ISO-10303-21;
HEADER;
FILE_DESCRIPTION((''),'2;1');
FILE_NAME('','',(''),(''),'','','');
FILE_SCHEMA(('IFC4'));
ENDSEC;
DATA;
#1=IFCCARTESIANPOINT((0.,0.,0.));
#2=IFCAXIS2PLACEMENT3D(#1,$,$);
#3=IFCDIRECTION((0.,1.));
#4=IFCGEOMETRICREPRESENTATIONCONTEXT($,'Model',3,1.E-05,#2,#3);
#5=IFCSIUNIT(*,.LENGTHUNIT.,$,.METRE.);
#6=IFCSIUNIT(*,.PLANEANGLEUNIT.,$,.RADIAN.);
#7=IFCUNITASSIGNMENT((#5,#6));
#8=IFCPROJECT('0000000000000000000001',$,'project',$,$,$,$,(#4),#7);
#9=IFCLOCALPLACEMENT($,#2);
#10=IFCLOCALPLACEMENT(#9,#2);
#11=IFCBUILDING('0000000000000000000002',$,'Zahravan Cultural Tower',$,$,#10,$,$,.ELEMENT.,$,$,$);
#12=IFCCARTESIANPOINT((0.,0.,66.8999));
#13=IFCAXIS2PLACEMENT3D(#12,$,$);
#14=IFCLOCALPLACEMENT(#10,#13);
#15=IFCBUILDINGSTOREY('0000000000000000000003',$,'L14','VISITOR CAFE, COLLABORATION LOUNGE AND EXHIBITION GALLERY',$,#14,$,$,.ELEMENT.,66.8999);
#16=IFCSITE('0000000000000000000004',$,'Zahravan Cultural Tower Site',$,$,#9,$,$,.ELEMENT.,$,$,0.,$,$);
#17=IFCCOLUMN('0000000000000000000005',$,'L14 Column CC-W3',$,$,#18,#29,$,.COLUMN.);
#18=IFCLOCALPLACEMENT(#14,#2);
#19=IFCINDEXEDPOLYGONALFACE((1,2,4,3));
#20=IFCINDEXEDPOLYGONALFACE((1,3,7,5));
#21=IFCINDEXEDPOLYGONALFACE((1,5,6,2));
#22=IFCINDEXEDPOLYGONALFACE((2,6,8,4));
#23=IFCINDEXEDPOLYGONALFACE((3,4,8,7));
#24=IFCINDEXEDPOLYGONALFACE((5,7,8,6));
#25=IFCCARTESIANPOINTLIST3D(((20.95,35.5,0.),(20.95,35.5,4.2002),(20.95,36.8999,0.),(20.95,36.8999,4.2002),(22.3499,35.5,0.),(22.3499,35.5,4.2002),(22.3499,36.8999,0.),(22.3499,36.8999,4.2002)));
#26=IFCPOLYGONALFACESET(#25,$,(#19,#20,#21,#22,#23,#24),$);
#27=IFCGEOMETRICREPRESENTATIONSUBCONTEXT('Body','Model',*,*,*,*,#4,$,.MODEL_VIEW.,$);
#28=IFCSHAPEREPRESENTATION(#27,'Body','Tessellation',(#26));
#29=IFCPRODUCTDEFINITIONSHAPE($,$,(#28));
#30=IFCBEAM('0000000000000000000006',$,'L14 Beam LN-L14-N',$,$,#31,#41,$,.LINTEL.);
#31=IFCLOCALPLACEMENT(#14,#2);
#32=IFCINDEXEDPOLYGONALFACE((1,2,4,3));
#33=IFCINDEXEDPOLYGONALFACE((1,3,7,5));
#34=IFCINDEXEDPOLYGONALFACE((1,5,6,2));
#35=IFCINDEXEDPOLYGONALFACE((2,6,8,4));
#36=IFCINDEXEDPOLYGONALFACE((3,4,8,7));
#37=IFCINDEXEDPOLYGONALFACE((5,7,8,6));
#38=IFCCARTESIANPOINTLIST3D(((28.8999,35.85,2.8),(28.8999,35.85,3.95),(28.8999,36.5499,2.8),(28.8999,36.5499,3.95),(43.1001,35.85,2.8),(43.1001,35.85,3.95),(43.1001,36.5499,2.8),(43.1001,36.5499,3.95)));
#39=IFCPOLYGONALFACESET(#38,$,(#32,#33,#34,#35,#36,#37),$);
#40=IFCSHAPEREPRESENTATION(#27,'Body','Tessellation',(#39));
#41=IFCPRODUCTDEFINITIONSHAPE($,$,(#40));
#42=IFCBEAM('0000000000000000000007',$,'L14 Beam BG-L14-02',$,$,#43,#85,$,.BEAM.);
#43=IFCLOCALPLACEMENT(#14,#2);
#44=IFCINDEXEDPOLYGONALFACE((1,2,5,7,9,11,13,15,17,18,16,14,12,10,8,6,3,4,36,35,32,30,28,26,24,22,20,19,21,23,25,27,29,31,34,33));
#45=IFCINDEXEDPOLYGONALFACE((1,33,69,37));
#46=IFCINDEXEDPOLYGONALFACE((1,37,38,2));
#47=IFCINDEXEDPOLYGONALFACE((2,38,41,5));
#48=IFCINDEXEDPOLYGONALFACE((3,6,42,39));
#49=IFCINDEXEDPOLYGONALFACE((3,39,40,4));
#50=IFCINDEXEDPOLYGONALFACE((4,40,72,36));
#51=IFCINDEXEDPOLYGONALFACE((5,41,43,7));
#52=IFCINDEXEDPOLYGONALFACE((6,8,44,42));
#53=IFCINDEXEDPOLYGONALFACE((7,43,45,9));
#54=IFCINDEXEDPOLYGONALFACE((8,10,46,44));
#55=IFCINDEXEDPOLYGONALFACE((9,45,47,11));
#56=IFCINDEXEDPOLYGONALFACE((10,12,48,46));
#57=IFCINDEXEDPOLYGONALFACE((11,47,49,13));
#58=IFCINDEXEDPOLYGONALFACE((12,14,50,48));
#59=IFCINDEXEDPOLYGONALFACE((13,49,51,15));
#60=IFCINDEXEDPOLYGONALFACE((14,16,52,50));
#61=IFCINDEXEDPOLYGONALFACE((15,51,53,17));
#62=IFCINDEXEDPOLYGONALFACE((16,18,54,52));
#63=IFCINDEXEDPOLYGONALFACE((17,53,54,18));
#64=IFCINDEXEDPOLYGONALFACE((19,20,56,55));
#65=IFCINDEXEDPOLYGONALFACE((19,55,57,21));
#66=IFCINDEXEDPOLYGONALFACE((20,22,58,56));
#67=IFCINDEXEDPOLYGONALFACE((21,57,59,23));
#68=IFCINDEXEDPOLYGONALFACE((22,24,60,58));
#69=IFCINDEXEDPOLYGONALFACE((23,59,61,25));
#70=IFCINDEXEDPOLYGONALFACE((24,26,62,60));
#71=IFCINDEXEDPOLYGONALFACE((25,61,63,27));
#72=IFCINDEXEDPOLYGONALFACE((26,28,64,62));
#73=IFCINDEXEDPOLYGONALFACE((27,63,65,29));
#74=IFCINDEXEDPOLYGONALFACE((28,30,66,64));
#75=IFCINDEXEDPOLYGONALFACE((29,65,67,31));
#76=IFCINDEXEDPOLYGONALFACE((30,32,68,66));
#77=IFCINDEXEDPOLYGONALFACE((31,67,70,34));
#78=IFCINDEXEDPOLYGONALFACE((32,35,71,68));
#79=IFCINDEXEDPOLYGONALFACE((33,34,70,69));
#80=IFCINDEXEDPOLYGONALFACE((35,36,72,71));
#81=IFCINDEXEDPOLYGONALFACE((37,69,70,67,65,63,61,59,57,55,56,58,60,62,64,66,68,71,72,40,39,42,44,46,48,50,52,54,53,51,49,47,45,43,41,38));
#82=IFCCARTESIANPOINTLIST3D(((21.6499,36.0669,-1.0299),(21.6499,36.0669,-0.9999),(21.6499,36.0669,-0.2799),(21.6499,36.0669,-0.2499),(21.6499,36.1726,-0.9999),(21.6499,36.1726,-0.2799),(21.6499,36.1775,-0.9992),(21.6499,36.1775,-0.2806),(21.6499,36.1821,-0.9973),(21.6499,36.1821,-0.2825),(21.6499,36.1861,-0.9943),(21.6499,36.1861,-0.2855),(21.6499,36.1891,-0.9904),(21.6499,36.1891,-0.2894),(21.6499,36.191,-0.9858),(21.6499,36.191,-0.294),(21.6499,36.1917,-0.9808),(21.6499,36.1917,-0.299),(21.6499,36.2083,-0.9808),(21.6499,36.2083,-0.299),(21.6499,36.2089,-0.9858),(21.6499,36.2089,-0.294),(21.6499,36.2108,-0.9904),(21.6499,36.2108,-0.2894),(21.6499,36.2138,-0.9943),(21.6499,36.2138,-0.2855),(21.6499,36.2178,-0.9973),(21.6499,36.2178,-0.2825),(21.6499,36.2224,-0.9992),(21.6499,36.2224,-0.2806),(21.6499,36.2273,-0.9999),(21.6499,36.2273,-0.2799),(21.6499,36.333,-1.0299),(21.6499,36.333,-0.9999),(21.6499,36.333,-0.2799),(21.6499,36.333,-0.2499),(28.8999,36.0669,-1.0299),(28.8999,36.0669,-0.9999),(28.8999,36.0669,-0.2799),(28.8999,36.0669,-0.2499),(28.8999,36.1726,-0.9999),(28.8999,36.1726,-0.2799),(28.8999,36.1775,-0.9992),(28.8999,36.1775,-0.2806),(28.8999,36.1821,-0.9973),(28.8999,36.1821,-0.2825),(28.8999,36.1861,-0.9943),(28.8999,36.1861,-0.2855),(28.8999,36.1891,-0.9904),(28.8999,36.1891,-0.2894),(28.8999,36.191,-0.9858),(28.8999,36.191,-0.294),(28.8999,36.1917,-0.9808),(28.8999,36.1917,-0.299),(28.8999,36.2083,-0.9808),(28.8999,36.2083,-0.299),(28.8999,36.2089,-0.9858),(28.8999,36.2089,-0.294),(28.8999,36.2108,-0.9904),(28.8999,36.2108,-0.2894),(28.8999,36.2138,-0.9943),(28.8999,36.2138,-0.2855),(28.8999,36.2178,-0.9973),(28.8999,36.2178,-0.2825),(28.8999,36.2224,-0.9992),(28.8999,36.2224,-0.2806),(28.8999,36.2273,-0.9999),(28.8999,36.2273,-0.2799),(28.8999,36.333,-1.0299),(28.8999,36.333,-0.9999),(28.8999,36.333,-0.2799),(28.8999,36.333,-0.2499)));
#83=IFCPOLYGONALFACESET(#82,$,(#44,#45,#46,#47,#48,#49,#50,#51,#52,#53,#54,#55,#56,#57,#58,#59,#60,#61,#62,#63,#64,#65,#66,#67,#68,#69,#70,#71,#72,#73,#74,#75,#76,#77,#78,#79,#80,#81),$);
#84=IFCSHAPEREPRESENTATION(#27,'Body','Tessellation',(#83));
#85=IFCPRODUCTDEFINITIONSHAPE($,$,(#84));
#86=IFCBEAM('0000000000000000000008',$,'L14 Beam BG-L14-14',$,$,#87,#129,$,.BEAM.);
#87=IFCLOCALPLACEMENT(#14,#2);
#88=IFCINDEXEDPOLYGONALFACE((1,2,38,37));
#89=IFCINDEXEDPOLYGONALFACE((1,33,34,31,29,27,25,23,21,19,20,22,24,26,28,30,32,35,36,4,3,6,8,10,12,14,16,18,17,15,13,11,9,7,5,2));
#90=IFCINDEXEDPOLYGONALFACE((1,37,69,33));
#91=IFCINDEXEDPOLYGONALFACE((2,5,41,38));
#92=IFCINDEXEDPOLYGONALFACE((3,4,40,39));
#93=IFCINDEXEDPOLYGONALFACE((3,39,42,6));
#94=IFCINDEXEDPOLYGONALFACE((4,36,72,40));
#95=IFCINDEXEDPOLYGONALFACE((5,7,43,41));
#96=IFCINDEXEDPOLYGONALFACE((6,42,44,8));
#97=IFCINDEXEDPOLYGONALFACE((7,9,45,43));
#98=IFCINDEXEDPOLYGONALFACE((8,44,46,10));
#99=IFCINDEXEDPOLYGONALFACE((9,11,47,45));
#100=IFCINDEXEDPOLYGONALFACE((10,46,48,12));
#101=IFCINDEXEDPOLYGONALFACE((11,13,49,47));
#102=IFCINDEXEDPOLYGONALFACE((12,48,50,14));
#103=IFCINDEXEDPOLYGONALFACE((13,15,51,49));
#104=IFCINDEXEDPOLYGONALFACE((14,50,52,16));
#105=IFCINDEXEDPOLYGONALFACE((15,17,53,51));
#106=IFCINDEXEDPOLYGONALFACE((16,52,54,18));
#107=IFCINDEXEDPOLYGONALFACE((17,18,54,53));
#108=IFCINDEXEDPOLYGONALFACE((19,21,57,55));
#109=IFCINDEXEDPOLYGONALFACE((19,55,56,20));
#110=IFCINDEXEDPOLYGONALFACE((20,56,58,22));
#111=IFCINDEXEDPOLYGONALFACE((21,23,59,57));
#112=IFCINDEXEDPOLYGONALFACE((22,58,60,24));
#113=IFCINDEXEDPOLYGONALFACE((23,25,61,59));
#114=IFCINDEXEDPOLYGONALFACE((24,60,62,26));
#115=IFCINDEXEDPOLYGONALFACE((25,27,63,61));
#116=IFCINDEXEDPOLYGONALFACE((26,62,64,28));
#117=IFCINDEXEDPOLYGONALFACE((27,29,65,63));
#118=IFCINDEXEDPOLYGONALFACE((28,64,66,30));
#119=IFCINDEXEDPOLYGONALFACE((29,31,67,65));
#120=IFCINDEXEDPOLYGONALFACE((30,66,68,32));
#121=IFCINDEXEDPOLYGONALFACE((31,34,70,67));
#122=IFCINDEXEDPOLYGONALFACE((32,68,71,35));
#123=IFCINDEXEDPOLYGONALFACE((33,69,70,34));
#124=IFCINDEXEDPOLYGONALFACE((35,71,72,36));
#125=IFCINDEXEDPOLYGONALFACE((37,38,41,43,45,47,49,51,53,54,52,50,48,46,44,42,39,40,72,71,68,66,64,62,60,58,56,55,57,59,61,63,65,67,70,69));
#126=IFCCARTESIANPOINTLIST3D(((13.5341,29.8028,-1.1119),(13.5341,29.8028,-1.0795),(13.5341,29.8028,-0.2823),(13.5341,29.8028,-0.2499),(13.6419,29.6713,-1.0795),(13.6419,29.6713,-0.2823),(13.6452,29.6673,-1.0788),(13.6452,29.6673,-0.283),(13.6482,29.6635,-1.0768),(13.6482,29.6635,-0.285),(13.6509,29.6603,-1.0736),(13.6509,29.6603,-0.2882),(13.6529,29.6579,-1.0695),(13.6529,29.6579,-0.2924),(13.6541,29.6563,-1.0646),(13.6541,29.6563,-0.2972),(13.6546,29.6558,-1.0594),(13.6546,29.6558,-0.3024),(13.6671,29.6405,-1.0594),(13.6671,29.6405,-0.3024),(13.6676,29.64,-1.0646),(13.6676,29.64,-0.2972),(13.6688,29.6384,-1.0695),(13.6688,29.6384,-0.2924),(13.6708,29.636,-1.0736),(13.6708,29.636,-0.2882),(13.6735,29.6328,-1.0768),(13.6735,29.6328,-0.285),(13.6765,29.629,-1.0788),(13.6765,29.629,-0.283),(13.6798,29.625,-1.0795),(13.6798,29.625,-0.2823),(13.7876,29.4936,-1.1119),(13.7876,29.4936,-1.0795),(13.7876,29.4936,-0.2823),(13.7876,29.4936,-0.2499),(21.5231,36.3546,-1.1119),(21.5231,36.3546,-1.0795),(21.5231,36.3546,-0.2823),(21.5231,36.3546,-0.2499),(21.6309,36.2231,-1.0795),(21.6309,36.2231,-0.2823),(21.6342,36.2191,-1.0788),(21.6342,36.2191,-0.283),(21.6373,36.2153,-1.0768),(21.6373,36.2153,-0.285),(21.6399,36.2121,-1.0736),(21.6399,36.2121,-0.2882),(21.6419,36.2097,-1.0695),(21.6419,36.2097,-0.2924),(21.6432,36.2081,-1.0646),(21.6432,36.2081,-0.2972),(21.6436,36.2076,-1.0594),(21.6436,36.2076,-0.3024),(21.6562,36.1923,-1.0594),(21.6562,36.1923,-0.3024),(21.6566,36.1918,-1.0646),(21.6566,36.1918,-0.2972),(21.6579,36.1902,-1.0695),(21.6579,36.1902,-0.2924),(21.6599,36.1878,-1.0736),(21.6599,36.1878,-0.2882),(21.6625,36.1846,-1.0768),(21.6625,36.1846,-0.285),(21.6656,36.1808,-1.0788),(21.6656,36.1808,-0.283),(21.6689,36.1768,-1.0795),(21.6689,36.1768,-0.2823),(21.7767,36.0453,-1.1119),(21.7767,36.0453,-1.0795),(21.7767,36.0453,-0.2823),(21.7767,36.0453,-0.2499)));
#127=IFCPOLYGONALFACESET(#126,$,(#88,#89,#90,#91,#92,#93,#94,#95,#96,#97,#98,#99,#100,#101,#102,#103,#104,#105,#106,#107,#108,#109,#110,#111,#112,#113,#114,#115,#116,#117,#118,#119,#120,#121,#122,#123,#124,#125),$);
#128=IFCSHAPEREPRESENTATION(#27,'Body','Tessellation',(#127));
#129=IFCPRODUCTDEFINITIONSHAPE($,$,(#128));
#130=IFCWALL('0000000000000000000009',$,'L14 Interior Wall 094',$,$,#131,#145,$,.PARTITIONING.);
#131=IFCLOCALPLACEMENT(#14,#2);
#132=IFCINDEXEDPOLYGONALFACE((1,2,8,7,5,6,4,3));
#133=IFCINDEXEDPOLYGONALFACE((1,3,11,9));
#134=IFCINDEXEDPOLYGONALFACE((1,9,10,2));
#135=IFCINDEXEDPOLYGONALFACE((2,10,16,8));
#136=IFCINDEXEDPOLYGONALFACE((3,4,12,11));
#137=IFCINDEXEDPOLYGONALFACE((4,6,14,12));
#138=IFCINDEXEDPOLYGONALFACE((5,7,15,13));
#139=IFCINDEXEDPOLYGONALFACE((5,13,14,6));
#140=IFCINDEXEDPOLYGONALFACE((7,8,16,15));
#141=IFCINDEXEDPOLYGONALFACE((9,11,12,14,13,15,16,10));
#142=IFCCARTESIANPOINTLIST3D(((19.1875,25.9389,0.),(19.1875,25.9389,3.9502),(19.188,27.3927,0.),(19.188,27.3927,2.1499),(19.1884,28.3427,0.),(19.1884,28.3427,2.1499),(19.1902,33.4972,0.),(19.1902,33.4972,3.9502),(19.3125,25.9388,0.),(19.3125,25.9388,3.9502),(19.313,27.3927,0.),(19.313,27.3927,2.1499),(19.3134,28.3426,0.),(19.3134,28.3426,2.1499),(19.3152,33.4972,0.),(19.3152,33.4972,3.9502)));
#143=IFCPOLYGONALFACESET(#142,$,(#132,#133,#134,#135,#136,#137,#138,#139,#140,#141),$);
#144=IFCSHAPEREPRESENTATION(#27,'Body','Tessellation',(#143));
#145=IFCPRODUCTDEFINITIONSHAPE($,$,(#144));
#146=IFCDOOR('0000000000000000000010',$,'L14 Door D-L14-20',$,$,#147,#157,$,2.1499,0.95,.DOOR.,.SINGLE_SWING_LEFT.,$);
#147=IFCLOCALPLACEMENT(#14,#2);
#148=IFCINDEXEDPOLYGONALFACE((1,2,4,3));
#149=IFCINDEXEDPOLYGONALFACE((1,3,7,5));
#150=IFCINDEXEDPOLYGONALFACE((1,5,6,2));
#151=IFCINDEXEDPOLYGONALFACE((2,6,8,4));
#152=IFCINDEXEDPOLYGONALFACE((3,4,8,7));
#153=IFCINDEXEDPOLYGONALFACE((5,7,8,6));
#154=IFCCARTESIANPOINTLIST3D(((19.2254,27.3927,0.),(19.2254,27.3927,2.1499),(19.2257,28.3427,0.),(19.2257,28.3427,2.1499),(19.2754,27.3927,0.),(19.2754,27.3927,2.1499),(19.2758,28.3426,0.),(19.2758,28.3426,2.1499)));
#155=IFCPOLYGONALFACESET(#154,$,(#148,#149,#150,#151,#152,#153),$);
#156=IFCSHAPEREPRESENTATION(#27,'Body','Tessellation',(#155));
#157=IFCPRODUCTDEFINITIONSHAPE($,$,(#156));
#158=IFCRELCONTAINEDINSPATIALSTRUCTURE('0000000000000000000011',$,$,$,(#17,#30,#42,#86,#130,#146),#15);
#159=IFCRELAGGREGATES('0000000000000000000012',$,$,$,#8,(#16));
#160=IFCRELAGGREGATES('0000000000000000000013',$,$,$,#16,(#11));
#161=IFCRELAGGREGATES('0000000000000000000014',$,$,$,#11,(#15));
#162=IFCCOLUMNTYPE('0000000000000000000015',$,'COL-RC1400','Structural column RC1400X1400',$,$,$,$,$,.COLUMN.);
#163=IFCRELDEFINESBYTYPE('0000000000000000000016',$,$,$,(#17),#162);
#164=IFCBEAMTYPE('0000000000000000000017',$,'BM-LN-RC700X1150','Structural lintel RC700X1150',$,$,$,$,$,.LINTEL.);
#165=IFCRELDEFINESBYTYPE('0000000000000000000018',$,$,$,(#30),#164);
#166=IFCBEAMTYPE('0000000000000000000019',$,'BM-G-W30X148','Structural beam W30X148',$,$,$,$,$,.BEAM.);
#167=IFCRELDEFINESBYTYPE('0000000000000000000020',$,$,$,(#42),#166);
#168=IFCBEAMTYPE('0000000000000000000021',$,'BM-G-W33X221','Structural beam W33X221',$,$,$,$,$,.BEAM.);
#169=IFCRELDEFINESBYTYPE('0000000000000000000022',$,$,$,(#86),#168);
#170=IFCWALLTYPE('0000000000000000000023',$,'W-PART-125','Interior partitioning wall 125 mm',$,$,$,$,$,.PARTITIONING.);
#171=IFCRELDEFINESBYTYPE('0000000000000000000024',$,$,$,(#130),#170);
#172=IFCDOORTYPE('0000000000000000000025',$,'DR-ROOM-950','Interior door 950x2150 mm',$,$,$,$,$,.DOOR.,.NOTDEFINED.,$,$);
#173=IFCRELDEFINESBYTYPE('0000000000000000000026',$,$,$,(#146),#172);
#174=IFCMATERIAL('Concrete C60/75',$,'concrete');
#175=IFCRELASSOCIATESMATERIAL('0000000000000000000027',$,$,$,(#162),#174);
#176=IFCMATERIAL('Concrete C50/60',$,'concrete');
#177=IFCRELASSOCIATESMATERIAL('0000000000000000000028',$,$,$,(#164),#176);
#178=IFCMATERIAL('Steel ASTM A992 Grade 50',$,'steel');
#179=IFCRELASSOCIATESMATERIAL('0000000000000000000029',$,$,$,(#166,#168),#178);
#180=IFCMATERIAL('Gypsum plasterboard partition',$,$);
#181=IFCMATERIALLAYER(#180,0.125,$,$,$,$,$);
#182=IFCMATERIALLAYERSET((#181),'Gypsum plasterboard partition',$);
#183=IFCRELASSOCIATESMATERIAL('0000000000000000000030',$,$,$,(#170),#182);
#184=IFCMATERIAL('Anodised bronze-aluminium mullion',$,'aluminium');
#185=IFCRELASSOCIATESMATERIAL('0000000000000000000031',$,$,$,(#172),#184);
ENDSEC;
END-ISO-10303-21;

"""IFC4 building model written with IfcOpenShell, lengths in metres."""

from ifc_helpers import new_model, si_unit, direction, frame, frame_2d, origin, origin_2d, place, context, subcontext, project, spatial, rectangle, i_section, extrude, source, transform, mapped, material, layer, layer_set, material_profile, profile_set, type_object, element, fill, save


model = new_model("IFC4")

# Units and contexts
model_context = context("Model", 3, precision=1e-05, world=origin(), true_north=direction((0.0, 1.0)))
body_context = subcontext(model_context, "Body", "Model", "MODEL_VIEW")
ifc_project = project(units=[si_unit("LENGTHUNIT", "METRE"), si_unit("PLANEANGLEUNIT", "RADIAN")], contexts=[model_context])

# Site, building, storey
site_placement = place(None, origin())
site = spatial("IfcSite", under=ifc_project, at=site_placement, Name="Zahravan Cultural Tower Site", CompositionType="ELEMENT", RefElevation=0.0)
building_placement = place(site_placement, origin())
building = spatial("IfcBuilding", under=site, at=building_placement, Name="Zahravan Cultural Tower", CompositionType="ELEMENT")
storey_placement = place(building_placement, frame((0.0, 0.0, 66.8999)))
storey = spatial("IfcBuildingStorey", under=building, at=storey_placement, Name="L14", Description="VISITOR CAFE, COLLABORATION LOUNGE AND EXHIBITION GALLERY", CompositionType="ELEMENT", Elevation=66.8999)

# Column
ifc_material_1 = material(Name="Concrete C60/75", Category="concrete")
ifc_material_profile_1 = material_profile(ifc_material_1, rectangle(XDim=1.3999, YDim=1.3999, at=origin_2d()), Name="RC1400X1400")
ifc_profile_set_1 = profile_set([ifc_material_profile_1], Name="Concrete C60/75")
column_type = type_object("IfcColumnType", Name="COL-RC1400", Description="Structural column RC1400X1400", PredefinedType="COLUMN", material=ifc_profile_set_1)
shared_shape_1 = source(origin(), body_context, "Body", "SweptSolid", [
    extrude(rectangle(XDim=1.3999, YDim=1.3999, at=origin_2d()), origin(), (0.0, 0.0, 1.0), 4.2002),
])
column_placement = place(storey_placement, frame((21.6499, 36.2, 0.0), z_axis=(0.0, 0.0, 1.0), x_axis=(1.0, 0.0, 0.0)))
element("IfcColumn", 1, at=column_placement, inside=storey, type_object=column_type, Name="L14 Column CC-W3", PredefinedType="COLUMN", context=body_context, shape_type="MappedRepresentation", body=[
    mapped(shared_shape_1, transform((0.0, 0.0, 0.0), x_axis=(1.0, 0.0, 0.0), y_axis=(0.0, 1.0, 0.0), z_axis=(0.0, 0.0, 1.0), scale=1.0)),
])

# Beams
ifc_material_2 = material(Name="Concrete C50/60", Category="concrete")
ifc_material_profile_2 = material_profile(ifc_material_2, rectangle(XDim=0.7, YDim=1.1499, at=origin_2d()), Name="RC700X1150")
ifc_profile_set_2 = profile_set([ifc_material_profile_2], Name="Concrete C50/60")
beam_type_1 = type_object("IfcBeamType", Name="BM-LN-RC700X1150", Description="Structural lintel RC700X1150", PredefinedType="LINTEL", material=ifc_profile_set_2)
shared_shape_2 = source(origin(), body_context, "Body", "SweptSolid", [
    extrude(rectangle(XDim=0.7, YDim=1.1499, at=origin_2d()), origin(), (0.0, 0.0, 1.0), 14.2002),
])
beam_1_placement = place(storey_placement, frame((28.8999, 36.2, 3.375), z_axis=(1.0, 0.0, 0.0), x_axis=(0.0, 1.0, 0.0)))
element("IfcBeam", 2, at=beam_1_placement, inside=storey, type_object=beam_type_1, Name="L14 Beam LN-L14-N", PredefinedType="LINTEL", context=body_context, shape_type="MappedRepresentation", body=[
    mapped(shared_shape_2, transform((0.0, 0.0, 0.0), x_axis=(1.0, 0.0, 0.0), y_axis=(0.0, 1.0, 0.0), z_axis=(0.0, 0.0, 1.0), scale=1.0)),
])
ifc_material_3 = material(Name="Steel ASTM A992 Grade 50", Category="steel")
ifc_material_profile_3 = material_profile(ifc_material_3, i_section(OverallWidth=0.2661, OverallDepth=0.78, WebThickness=0.0166, FlangeThickness=0.03, FilletRadius=0.019, at=origin_2d()), Name="W30X148")
ifc_profile_set_3 = profile_set([ifc_material_profile_3], Name="Steel ASTM A992 Grade 50")
beam_type_2 = type_object("IfcBeamType", Name="BM-G-W30X148", Description="Structural beam W30X148", PredefinedType="BEAM", material=ifc_profile_set_3)
shared_shape_3 = source(origin(), body_context, "Body", "SweptSolid", [
    extrude(i_section(OverallWidth=0.2661, OverallDepth=0.78, WebThickness=0.0166, FlangeThickness=0.03, FilletRadius=0.019, at=origin_2d()), origin(), (0.0, 0.0, 1.0), 7.25),
])
beam_2_placement = place(storey_placement, frame((21.6499, 36.2, -0.6399), z_axis=(1.0, 0.0, 0.0), x_axis=(0.0, 1.0, 0.0)))
element("IfcBeam", 3, at=beam_2_placement, inside=storey, type_object=beam_type_2, Name="L14 Beam BG-L14-02", PredefinedType="BEAM", context=body_context, shape_type="MappedRepresentation", body=[
    mapped(shared_shape_3, transform((0.0, 0.0, 0.0), x_axis=(1.0, 0.0, 0.0), y_axis=(0.0, 1.0, 0.0), z_axis=(0.0, 0.0, 1.0), scale=1.0)),
])
ifc_material_profile_4 = material_profile(ifc_material_3, i_section(OverallWidth=0.3999, OverallDepth=0.8621, WebThickness=0.0198, FlangeThickness=0.0325, FilletRadius=0.02, at=origin_2d()), Name="W33X221")
ifc_profile_set_4 = profile_set([ifc_material_profile_4], Name="Steel ASTM A992 Grade 50")
beam_type_3 = type_object("IfcBeamType", Name="BM-G-W33X221", Description="Structural beam W33X221", PredefinedType="BEAM", material=ifc_profile_set_4)
shared_shape_4 = source(origin(), body_context, "Body", "SweptSolid", [
    extrude(i_section(OverallWidth=0.3999, OverallDepth=0.8621, WebThickness=0.0198, FlangeThickness=0.0325, FilletRadius=0.02, at=origin_2d()), origin(), (0.0, 0.0, 1.0), 10.332),
])
beam_3_placement = place(storey_placement, frame((21.6499, 36.2, -0.6809), z_axis=(-0.773231, -0.634124, 0.0), x_axis=(0.634124, -0.773231, 0.0)))
element("IfcBeam", 4, at=beam_3_placement, inside=storey, type_object=beam_type_3, Name="L14 Beam BG-L14-14", PredefinedType="BEAM", context=body_context, shape_type="MappedRepresentation", body=[
    mapped(shared_shape_4, transform((0.0, 0.0, 0.0), x_axis=(1.0, 0.0, 0.0), y_axis=(0.0, 1.0, 0.0), z_axis=(0.0, 0.0, 1.0), scale=1.0)),
])

# Wall, opening, door
ifc_material_4 = material(Name="Gypsum plasterboard partition")
ifc_layer_1 = layer(ifc_material_4, 0.125)
ifc_layer_set_1 = layer_set([ifc_layer_1], Name="Gypsum plasterboard partition")
wall_type_1 = type_object("IfcWallType", Name="W-PART-125", Description="Interior partitioning wall 125 mm", PredefinedType="PARTITIONING", material=ifc_layer_set_1)
wall_1_placement = place(storey_placement, frame((19.2527, 33.4973, 0.0), z_axis=(0.0, 0.0, 1.0), x_axis=(-0.000355, -1.0, 0.0)))
wall_1 = element("IfcWall", 5, at=wall_1_placement, inside=storey, type_object=wall_type_1, Name="L14 Interior Wall 094", PredefinedType="PARTITIONING", context=body_context, shape_type="SweptSolid", body=[
    extrude(rectangle(XDim=7.5583, YDim=0.125, at=frame_2d((3.7793, 0.0))), origin(), (0.0, 0.0, 1.0), 3.9502),
])
opening_1_placement = place(wall_1_placement, frame((5.1545, 0.0, 0.0)))
opening_1 = element("IfcOpeningElement", 6, at=opening_1_placement, cuts=wall_1, PredefinedType="OPENING", context=body_context, shape_type="SweptSolid", body=[
    extrude(rectangle(XDim=0.95, YDim=2.1499, at=frame_2d((0.4751, 1.075))), frame((0.0, 0.0725, 0.0), z_axis=(0.0, -1.0, 0.0), x_axis=(1.0, 0.0, 0.0)), (0.0, 0.0, 1.0), 0.145),
])
ifc_material_5 = material(Name="Anodised bronze-aluminium mullion", Category="aluminium")
door_type_1 = type_object("IfcDoorType", Name="DR-ROOM-950", Description="Interior door 950x2150 mm", OperationType="NOTDEFINED", PredefinedType="DOOR", material=ifc_material_5)
shared_shape_5 = source(origin(), body_context, "Body", "SweptSolid", [
    extrude(rectangle(XDim=0.95, YDim=2.1499, at=frame_2d((0.4751, 1.075))), frame((0.0, 0.0249, 0.0), z_axis=(0.0, -1.0, 0.0), x_axis=(1.0, 0.0, 0.0)), (0.0, 0.0, 1.0), 0.05),
])
door_1_placement = place(opening_1_placement, origin())
door_1 = element("IfcDoor", 7, at=door_1_placement, inside=storey, type_object=door_type_1, Name="L14 Door D-L14-20", OperationType="SINGLE_SWING_LEFT", OverallHeight=2.1499, OverallWidth=0.95, PredefinedType="DOOR", context=body_context, shape_type="MappedRepresentation", body=[
    mapped(shared_shape_5, transform((0.0, 0.0, 0.0), x_axis=(1.0, 0.0, 0.0), y_axis=(0.0, 1.0, 0.0), z_axis=(0.0, 0.0, 1.0), scale=1.0)),
])
fill(opening_1, door_1)

save(model, "model.ifc")
